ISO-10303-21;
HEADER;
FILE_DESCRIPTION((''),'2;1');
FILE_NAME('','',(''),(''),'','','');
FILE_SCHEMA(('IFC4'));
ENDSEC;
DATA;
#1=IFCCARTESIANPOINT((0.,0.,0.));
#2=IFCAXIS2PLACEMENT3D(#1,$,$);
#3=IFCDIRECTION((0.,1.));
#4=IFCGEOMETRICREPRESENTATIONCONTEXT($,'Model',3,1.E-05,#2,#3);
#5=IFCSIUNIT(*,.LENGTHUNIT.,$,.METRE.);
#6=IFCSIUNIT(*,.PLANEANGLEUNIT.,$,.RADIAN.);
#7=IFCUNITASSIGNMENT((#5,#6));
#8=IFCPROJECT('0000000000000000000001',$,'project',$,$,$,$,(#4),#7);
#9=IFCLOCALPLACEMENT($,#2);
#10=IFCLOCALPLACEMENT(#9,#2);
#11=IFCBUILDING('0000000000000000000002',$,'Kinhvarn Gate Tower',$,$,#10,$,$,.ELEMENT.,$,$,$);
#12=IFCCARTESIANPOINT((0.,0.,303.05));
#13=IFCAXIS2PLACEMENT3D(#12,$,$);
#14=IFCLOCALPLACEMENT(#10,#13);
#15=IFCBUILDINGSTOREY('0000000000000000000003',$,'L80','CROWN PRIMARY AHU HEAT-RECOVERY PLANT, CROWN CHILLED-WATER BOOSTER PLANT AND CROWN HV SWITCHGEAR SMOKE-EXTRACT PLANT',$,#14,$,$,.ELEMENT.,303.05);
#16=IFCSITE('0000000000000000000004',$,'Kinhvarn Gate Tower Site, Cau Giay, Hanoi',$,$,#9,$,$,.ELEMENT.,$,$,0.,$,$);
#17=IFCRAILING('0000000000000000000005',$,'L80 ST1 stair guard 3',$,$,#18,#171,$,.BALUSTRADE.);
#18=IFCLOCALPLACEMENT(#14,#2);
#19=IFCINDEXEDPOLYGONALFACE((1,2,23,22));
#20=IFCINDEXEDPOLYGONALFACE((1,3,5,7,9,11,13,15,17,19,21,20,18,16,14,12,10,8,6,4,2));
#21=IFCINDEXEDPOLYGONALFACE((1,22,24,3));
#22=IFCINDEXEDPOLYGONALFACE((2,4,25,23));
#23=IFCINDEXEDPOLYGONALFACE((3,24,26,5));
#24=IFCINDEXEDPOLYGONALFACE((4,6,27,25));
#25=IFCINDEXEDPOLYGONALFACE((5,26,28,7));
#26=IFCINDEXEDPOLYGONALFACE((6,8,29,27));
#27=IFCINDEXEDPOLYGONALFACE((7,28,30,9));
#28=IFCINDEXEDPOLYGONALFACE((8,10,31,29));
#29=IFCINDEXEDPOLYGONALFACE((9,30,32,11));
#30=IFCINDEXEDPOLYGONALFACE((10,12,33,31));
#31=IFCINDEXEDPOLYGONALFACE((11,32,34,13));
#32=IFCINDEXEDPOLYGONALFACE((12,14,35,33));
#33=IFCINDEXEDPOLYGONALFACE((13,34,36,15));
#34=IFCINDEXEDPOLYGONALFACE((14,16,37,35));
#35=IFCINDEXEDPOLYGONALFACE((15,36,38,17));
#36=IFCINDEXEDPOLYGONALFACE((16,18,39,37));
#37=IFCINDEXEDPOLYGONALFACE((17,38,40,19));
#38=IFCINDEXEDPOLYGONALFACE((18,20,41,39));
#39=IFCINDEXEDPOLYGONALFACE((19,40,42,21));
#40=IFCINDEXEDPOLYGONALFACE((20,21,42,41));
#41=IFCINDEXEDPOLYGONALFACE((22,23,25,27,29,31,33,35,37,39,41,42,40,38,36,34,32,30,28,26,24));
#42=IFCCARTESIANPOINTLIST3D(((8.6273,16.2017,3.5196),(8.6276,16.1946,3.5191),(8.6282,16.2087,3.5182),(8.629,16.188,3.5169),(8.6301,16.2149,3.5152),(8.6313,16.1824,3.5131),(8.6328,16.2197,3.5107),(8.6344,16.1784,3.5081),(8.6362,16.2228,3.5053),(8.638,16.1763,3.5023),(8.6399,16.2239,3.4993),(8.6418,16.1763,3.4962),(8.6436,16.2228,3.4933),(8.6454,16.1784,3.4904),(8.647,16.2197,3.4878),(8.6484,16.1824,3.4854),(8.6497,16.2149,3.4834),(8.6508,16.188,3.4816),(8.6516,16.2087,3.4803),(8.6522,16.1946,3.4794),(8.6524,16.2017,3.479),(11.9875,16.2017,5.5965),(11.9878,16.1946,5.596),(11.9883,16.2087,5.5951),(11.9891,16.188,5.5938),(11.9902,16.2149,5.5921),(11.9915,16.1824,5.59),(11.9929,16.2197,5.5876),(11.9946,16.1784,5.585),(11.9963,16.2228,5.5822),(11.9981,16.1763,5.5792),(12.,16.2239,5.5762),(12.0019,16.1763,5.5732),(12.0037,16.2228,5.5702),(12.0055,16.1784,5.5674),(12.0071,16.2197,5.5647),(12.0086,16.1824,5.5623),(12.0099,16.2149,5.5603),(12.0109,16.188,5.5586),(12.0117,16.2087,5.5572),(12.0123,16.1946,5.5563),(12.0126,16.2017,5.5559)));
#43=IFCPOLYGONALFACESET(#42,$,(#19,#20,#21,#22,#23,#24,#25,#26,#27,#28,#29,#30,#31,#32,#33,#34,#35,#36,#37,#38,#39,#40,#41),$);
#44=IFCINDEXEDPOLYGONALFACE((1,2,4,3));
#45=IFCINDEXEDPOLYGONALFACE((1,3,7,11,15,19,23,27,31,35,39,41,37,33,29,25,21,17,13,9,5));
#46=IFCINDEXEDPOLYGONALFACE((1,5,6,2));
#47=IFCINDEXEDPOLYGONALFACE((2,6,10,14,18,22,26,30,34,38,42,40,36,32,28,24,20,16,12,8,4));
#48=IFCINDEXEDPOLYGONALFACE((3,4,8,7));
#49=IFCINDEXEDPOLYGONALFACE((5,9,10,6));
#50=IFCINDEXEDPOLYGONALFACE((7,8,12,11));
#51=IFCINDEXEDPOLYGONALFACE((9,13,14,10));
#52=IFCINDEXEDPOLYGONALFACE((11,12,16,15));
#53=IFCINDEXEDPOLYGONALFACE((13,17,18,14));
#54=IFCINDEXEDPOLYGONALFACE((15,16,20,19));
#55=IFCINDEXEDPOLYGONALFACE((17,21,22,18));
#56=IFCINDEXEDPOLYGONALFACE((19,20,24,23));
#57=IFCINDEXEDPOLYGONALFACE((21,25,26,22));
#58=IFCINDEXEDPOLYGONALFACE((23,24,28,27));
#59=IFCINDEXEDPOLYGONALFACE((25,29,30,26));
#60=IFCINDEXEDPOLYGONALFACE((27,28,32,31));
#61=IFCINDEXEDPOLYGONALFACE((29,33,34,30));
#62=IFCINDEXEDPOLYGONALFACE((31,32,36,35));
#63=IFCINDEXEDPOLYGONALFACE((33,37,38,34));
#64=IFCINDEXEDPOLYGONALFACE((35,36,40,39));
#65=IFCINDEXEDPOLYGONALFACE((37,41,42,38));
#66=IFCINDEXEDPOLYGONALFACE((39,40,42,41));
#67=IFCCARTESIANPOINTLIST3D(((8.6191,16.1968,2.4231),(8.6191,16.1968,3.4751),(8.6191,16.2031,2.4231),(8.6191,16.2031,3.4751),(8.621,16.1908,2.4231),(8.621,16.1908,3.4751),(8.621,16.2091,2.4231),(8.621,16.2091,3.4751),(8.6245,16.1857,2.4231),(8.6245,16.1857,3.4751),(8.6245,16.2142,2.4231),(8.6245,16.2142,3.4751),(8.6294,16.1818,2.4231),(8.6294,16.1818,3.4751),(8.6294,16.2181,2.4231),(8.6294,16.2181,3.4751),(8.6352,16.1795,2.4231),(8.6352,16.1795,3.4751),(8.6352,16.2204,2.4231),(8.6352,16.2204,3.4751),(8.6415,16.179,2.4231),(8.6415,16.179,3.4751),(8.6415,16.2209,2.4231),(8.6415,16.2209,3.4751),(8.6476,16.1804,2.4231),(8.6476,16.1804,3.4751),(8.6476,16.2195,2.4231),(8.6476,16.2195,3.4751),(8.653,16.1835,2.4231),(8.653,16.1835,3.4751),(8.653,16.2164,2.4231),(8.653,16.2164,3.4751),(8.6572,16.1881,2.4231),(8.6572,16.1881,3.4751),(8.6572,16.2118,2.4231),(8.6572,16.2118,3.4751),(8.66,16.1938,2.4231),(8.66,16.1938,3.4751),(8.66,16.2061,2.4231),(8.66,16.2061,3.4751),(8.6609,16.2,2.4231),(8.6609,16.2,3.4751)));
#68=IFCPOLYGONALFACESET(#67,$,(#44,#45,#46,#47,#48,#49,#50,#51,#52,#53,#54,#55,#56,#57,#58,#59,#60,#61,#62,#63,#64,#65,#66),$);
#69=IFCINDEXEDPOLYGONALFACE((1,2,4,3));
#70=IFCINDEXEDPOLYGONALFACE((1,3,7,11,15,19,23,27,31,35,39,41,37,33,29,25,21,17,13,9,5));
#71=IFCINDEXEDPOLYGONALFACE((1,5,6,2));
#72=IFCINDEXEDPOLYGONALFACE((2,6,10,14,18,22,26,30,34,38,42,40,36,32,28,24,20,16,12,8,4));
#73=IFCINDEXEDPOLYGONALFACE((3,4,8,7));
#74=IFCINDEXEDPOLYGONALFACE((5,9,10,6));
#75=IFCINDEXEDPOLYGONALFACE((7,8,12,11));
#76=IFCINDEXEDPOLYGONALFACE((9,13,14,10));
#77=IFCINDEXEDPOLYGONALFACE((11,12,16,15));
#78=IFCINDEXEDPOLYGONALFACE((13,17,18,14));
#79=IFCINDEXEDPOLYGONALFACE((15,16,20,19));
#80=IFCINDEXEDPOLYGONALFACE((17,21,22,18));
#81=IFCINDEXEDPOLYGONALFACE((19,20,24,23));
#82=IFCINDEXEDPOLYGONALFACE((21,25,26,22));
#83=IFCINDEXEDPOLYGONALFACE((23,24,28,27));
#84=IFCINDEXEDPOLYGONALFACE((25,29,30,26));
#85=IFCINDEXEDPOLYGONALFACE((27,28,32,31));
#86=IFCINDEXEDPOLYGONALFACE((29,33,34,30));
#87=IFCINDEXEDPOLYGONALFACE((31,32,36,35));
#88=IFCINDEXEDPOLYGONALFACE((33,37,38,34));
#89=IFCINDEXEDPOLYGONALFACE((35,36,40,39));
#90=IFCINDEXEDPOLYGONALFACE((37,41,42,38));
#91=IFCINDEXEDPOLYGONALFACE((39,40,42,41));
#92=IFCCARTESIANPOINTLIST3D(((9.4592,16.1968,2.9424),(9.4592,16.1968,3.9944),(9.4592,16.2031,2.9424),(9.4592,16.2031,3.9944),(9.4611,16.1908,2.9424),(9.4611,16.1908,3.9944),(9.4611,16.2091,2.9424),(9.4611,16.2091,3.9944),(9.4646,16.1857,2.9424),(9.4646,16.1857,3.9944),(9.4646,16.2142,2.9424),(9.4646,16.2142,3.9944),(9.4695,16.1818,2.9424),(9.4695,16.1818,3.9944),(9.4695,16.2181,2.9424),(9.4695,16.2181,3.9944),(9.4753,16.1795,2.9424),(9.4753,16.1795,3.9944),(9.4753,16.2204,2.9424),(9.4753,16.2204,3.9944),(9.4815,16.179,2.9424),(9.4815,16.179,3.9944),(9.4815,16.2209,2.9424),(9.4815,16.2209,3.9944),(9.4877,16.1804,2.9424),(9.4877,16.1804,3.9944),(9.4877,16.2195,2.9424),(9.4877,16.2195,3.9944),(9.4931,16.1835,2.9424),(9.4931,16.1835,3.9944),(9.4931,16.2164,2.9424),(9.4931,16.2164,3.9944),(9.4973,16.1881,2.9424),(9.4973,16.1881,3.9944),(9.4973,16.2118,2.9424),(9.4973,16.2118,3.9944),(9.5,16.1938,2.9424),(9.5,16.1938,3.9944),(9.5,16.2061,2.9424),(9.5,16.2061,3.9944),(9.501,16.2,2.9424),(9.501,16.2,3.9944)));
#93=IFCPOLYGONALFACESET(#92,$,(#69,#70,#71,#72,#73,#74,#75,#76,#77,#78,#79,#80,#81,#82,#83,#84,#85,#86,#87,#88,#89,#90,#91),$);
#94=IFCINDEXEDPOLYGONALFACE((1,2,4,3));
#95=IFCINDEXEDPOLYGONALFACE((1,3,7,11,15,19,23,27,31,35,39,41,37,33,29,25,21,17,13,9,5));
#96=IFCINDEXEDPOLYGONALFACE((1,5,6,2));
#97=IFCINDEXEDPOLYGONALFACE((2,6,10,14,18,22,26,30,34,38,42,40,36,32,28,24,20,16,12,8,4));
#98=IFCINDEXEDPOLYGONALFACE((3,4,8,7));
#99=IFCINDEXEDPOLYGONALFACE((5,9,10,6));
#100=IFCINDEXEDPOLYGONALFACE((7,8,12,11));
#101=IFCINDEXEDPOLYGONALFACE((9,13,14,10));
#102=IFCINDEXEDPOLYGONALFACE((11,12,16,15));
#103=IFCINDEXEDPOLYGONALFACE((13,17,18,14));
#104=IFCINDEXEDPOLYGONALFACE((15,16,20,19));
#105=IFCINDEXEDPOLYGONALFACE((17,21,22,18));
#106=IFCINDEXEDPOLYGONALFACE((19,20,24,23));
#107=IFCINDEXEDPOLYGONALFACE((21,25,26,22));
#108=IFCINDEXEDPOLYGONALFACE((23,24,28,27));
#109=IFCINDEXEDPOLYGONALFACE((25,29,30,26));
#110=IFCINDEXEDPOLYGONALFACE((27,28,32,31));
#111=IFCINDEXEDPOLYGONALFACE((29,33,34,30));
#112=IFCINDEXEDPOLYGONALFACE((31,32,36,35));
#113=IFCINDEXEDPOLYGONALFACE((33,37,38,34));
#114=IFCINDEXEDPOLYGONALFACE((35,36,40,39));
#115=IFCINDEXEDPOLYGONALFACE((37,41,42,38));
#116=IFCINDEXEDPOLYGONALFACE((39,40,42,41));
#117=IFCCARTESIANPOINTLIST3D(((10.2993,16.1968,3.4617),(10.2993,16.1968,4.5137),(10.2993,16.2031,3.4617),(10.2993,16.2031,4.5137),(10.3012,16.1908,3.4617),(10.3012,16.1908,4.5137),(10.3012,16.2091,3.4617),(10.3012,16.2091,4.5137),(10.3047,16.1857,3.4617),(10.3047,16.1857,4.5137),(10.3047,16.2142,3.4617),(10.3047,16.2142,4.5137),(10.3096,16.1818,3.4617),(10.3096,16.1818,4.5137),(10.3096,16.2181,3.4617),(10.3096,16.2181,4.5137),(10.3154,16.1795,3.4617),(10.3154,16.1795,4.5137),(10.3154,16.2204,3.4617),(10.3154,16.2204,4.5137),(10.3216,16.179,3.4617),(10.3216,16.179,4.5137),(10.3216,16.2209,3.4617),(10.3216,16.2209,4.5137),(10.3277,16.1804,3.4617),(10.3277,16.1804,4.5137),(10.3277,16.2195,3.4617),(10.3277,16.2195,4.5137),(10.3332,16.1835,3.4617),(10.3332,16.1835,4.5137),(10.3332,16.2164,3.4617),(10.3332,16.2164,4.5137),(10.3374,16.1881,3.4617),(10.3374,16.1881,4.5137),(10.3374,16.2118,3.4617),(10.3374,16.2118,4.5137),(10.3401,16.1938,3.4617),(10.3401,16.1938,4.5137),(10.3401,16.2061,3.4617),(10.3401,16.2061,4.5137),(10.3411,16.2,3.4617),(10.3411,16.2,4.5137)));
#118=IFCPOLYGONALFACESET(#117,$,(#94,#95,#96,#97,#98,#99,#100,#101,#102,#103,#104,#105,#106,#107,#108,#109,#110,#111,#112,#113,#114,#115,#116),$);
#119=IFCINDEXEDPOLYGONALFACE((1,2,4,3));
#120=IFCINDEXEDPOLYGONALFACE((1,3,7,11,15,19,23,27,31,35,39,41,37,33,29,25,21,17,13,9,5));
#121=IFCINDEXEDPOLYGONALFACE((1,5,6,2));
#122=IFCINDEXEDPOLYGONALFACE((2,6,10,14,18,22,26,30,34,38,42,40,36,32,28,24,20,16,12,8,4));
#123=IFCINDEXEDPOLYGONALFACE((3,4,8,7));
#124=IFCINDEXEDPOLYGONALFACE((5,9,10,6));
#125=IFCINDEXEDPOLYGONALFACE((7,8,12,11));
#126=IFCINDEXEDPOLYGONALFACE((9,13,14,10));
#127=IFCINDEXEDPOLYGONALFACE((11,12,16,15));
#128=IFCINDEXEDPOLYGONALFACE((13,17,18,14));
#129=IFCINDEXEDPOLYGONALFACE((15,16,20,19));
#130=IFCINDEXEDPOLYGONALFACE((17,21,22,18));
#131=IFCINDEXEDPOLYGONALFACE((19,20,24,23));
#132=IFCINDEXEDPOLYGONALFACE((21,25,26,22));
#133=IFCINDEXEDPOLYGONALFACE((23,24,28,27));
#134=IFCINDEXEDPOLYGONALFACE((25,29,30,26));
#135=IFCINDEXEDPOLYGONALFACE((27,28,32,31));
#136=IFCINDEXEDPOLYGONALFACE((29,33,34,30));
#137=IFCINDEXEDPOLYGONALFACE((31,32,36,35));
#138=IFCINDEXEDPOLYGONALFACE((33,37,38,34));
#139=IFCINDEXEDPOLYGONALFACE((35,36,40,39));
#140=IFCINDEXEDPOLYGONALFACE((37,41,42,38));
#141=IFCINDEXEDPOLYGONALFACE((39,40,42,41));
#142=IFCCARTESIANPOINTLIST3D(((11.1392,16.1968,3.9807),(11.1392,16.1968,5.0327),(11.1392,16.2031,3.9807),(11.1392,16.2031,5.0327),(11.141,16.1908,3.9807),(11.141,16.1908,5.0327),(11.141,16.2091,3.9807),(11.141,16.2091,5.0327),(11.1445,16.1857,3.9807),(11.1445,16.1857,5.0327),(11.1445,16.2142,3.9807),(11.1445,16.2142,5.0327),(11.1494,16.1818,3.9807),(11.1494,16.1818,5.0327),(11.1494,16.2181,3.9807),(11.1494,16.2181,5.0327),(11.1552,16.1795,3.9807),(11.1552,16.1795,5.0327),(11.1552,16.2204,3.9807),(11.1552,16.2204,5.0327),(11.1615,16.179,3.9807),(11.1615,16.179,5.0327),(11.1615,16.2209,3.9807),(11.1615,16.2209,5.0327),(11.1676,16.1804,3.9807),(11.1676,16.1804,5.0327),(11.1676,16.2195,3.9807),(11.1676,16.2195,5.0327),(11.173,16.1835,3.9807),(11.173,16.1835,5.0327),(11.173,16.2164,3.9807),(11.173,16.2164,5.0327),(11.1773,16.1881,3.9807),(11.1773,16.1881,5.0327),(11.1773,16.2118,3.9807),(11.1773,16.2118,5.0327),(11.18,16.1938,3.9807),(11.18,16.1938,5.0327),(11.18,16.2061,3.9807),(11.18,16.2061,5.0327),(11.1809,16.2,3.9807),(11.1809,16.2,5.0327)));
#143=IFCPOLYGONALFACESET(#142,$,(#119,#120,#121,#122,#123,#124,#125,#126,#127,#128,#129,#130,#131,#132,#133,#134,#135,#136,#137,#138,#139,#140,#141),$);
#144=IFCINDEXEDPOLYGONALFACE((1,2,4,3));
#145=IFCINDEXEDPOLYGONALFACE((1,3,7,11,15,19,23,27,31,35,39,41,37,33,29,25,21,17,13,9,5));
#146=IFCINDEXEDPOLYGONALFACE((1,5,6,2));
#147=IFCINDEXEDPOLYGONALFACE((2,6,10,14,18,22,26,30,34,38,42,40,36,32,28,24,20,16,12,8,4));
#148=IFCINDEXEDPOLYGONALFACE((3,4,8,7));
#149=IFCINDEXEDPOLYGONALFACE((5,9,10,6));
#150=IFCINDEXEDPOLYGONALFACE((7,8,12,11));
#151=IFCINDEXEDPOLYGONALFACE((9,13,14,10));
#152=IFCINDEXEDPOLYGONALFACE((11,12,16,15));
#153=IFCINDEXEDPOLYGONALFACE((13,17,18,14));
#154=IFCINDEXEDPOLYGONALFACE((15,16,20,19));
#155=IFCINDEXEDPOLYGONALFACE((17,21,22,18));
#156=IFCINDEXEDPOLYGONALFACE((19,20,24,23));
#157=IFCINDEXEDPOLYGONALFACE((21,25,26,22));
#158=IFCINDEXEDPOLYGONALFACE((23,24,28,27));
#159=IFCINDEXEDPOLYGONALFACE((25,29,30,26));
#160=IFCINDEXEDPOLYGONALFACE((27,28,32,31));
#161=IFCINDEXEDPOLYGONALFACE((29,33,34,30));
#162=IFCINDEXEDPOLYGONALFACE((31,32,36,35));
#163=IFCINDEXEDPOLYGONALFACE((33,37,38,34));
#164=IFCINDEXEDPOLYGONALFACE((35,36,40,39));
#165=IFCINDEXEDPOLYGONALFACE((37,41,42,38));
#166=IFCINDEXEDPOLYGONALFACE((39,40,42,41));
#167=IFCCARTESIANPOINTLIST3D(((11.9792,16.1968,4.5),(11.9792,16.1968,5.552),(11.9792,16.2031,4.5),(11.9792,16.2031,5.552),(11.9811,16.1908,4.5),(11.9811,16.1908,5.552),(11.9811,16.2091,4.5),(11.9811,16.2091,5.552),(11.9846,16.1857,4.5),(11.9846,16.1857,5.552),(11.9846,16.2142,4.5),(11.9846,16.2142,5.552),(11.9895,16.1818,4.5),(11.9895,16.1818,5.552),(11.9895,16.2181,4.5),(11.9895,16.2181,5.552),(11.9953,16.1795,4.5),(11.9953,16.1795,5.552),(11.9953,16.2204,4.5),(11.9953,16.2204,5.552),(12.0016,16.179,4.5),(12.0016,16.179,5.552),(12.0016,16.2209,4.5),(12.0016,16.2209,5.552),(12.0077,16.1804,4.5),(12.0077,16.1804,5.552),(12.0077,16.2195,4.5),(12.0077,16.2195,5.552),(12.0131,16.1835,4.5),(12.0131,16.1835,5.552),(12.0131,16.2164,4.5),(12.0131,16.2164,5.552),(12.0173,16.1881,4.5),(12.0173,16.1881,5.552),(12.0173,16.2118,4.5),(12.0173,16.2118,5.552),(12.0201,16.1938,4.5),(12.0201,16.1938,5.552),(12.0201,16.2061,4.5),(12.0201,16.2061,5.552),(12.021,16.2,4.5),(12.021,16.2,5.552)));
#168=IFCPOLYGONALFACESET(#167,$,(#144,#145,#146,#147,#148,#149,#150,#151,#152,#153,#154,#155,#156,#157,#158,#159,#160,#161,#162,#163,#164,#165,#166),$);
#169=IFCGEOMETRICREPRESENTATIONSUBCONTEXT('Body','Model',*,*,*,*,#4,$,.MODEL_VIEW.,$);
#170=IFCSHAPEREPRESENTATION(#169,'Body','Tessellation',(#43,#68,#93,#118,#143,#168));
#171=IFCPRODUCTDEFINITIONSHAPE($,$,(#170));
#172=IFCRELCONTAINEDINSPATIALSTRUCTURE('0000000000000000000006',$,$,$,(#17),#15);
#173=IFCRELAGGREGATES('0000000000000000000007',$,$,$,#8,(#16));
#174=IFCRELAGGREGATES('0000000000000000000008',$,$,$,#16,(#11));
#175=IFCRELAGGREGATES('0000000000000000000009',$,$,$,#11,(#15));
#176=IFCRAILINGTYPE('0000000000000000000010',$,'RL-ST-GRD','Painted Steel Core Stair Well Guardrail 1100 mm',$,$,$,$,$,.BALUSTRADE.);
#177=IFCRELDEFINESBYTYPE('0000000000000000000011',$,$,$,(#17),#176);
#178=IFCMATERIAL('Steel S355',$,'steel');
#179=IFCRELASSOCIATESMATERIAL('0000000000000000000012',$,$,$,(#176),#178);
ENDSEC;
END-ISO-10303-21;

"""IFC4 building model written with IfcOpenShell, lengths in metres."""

from ifc_helpers import new_model, si_unit, direction, frame, origin, origin_2d, place, context, subcontext, project, spatial, circle, extrude, material, type_object, element, save


model = new_model("IFC4")

# Units and contexts
model_context = context("Model", 3, precision=1e-05, world=origin(), true_north=direction((0.0, 1.0)))
body_context = subcontext(model_context, "Body", "Model", "MODEL_VIEW")
ifc_project = project(units=[si_unit("LENGTHUNIT", "METRE"), si_unit("PLANEANGLEUNIT", "RADIAN")], contexts=[model_context])

# Site, building, storey
site_placement = place(None, origin())
site = spatial("IfcSite", under=ifc_project, at=site_placement, Name="Kinhvarn Gate Tower Site, Cau Giay, Hanoi", CompositionType="ELEMENT", RefElevation=0.0)
building_placement = place(site_placement, origin())
building = spatial("IfcBuilding", under=site, at=building_placement, Name="Kinhvarn Gate Tower", CompositionType="ELEMENT")
storey_placement = place(building_placement, frame((0.0, 0.0, 303.05)))
storey = spatial("IfcBuildingStorey", under=building, at=storey_placement, Name="L80", Description="CROWN PRIMARY AHU HEAT-RECOVERY PLANT, CROWN CHILLED-WATER BOOSTER PLANT AND CROWN HV SWITCHGEAR SMOKE-EXTRACT PLANT", CompositionType="ELEMENT", Elevation=303.05)

# Railing
ifc_material_1 = material(Name="Steel S355", Category="steel")
railing_type_1 = type_object("IfcRailingType", Name="RL-ST-GRD", Description="Painted Steel Core Stair Well Guardrail 1100 mm", PredefinedType="BALUSTRADE", material=ifc_material_1)
railing_1_placement = place(storey_placement, frame((8.6399, 16.2, 2.4231)))
element("IfcRailing", 1, at=railing_1_placement, inside=storey, type_object=railing_type_1, Name="L80 ST1 stair guard 3", PredefinedType="BALUSTRADE", context=body_context, shape_type="SweptSolid", body=[
    extrude(circle(Radius=0.0239, at=origin_2d()), frame((0.0, 0.0, 1.0762), z_axis=(0.850623, 0.0, 0.525776), x_axis=(0.0, 1.0, 0.0)), (0.0, 0.0, 1.0), 3.9502),
    extrude(circle(Radius=0.021, at=origin_2d()), origin(), (0.0, 0.0, 1.0), 1.052),
    extrude(circle(Radius=0.021, at=origin_2d()), frame((0.8401, 0.0, 0.5193)), (0.0, 0.0, 1.0), 1.052),
    extrude(circle(Radius=0.021, at=origin_2d()), frame((1.6802, 0.0, 1.0386)), (0.0, 0.0, 1.0), 1.052),
    extrude(circle(Radius=0.021, at=origin_2d()), frame((2.52, 0.0, 1.5576)), (0.0, 0.0, 1.0), 1.052),
    extrude(circle(Radius=0.021, at=origin_2d()), frame((3.3601, 0.0, 2.0769)), (0.0, 0.0, 1.0), 1.052),
])

save(model, "model.ifc")
